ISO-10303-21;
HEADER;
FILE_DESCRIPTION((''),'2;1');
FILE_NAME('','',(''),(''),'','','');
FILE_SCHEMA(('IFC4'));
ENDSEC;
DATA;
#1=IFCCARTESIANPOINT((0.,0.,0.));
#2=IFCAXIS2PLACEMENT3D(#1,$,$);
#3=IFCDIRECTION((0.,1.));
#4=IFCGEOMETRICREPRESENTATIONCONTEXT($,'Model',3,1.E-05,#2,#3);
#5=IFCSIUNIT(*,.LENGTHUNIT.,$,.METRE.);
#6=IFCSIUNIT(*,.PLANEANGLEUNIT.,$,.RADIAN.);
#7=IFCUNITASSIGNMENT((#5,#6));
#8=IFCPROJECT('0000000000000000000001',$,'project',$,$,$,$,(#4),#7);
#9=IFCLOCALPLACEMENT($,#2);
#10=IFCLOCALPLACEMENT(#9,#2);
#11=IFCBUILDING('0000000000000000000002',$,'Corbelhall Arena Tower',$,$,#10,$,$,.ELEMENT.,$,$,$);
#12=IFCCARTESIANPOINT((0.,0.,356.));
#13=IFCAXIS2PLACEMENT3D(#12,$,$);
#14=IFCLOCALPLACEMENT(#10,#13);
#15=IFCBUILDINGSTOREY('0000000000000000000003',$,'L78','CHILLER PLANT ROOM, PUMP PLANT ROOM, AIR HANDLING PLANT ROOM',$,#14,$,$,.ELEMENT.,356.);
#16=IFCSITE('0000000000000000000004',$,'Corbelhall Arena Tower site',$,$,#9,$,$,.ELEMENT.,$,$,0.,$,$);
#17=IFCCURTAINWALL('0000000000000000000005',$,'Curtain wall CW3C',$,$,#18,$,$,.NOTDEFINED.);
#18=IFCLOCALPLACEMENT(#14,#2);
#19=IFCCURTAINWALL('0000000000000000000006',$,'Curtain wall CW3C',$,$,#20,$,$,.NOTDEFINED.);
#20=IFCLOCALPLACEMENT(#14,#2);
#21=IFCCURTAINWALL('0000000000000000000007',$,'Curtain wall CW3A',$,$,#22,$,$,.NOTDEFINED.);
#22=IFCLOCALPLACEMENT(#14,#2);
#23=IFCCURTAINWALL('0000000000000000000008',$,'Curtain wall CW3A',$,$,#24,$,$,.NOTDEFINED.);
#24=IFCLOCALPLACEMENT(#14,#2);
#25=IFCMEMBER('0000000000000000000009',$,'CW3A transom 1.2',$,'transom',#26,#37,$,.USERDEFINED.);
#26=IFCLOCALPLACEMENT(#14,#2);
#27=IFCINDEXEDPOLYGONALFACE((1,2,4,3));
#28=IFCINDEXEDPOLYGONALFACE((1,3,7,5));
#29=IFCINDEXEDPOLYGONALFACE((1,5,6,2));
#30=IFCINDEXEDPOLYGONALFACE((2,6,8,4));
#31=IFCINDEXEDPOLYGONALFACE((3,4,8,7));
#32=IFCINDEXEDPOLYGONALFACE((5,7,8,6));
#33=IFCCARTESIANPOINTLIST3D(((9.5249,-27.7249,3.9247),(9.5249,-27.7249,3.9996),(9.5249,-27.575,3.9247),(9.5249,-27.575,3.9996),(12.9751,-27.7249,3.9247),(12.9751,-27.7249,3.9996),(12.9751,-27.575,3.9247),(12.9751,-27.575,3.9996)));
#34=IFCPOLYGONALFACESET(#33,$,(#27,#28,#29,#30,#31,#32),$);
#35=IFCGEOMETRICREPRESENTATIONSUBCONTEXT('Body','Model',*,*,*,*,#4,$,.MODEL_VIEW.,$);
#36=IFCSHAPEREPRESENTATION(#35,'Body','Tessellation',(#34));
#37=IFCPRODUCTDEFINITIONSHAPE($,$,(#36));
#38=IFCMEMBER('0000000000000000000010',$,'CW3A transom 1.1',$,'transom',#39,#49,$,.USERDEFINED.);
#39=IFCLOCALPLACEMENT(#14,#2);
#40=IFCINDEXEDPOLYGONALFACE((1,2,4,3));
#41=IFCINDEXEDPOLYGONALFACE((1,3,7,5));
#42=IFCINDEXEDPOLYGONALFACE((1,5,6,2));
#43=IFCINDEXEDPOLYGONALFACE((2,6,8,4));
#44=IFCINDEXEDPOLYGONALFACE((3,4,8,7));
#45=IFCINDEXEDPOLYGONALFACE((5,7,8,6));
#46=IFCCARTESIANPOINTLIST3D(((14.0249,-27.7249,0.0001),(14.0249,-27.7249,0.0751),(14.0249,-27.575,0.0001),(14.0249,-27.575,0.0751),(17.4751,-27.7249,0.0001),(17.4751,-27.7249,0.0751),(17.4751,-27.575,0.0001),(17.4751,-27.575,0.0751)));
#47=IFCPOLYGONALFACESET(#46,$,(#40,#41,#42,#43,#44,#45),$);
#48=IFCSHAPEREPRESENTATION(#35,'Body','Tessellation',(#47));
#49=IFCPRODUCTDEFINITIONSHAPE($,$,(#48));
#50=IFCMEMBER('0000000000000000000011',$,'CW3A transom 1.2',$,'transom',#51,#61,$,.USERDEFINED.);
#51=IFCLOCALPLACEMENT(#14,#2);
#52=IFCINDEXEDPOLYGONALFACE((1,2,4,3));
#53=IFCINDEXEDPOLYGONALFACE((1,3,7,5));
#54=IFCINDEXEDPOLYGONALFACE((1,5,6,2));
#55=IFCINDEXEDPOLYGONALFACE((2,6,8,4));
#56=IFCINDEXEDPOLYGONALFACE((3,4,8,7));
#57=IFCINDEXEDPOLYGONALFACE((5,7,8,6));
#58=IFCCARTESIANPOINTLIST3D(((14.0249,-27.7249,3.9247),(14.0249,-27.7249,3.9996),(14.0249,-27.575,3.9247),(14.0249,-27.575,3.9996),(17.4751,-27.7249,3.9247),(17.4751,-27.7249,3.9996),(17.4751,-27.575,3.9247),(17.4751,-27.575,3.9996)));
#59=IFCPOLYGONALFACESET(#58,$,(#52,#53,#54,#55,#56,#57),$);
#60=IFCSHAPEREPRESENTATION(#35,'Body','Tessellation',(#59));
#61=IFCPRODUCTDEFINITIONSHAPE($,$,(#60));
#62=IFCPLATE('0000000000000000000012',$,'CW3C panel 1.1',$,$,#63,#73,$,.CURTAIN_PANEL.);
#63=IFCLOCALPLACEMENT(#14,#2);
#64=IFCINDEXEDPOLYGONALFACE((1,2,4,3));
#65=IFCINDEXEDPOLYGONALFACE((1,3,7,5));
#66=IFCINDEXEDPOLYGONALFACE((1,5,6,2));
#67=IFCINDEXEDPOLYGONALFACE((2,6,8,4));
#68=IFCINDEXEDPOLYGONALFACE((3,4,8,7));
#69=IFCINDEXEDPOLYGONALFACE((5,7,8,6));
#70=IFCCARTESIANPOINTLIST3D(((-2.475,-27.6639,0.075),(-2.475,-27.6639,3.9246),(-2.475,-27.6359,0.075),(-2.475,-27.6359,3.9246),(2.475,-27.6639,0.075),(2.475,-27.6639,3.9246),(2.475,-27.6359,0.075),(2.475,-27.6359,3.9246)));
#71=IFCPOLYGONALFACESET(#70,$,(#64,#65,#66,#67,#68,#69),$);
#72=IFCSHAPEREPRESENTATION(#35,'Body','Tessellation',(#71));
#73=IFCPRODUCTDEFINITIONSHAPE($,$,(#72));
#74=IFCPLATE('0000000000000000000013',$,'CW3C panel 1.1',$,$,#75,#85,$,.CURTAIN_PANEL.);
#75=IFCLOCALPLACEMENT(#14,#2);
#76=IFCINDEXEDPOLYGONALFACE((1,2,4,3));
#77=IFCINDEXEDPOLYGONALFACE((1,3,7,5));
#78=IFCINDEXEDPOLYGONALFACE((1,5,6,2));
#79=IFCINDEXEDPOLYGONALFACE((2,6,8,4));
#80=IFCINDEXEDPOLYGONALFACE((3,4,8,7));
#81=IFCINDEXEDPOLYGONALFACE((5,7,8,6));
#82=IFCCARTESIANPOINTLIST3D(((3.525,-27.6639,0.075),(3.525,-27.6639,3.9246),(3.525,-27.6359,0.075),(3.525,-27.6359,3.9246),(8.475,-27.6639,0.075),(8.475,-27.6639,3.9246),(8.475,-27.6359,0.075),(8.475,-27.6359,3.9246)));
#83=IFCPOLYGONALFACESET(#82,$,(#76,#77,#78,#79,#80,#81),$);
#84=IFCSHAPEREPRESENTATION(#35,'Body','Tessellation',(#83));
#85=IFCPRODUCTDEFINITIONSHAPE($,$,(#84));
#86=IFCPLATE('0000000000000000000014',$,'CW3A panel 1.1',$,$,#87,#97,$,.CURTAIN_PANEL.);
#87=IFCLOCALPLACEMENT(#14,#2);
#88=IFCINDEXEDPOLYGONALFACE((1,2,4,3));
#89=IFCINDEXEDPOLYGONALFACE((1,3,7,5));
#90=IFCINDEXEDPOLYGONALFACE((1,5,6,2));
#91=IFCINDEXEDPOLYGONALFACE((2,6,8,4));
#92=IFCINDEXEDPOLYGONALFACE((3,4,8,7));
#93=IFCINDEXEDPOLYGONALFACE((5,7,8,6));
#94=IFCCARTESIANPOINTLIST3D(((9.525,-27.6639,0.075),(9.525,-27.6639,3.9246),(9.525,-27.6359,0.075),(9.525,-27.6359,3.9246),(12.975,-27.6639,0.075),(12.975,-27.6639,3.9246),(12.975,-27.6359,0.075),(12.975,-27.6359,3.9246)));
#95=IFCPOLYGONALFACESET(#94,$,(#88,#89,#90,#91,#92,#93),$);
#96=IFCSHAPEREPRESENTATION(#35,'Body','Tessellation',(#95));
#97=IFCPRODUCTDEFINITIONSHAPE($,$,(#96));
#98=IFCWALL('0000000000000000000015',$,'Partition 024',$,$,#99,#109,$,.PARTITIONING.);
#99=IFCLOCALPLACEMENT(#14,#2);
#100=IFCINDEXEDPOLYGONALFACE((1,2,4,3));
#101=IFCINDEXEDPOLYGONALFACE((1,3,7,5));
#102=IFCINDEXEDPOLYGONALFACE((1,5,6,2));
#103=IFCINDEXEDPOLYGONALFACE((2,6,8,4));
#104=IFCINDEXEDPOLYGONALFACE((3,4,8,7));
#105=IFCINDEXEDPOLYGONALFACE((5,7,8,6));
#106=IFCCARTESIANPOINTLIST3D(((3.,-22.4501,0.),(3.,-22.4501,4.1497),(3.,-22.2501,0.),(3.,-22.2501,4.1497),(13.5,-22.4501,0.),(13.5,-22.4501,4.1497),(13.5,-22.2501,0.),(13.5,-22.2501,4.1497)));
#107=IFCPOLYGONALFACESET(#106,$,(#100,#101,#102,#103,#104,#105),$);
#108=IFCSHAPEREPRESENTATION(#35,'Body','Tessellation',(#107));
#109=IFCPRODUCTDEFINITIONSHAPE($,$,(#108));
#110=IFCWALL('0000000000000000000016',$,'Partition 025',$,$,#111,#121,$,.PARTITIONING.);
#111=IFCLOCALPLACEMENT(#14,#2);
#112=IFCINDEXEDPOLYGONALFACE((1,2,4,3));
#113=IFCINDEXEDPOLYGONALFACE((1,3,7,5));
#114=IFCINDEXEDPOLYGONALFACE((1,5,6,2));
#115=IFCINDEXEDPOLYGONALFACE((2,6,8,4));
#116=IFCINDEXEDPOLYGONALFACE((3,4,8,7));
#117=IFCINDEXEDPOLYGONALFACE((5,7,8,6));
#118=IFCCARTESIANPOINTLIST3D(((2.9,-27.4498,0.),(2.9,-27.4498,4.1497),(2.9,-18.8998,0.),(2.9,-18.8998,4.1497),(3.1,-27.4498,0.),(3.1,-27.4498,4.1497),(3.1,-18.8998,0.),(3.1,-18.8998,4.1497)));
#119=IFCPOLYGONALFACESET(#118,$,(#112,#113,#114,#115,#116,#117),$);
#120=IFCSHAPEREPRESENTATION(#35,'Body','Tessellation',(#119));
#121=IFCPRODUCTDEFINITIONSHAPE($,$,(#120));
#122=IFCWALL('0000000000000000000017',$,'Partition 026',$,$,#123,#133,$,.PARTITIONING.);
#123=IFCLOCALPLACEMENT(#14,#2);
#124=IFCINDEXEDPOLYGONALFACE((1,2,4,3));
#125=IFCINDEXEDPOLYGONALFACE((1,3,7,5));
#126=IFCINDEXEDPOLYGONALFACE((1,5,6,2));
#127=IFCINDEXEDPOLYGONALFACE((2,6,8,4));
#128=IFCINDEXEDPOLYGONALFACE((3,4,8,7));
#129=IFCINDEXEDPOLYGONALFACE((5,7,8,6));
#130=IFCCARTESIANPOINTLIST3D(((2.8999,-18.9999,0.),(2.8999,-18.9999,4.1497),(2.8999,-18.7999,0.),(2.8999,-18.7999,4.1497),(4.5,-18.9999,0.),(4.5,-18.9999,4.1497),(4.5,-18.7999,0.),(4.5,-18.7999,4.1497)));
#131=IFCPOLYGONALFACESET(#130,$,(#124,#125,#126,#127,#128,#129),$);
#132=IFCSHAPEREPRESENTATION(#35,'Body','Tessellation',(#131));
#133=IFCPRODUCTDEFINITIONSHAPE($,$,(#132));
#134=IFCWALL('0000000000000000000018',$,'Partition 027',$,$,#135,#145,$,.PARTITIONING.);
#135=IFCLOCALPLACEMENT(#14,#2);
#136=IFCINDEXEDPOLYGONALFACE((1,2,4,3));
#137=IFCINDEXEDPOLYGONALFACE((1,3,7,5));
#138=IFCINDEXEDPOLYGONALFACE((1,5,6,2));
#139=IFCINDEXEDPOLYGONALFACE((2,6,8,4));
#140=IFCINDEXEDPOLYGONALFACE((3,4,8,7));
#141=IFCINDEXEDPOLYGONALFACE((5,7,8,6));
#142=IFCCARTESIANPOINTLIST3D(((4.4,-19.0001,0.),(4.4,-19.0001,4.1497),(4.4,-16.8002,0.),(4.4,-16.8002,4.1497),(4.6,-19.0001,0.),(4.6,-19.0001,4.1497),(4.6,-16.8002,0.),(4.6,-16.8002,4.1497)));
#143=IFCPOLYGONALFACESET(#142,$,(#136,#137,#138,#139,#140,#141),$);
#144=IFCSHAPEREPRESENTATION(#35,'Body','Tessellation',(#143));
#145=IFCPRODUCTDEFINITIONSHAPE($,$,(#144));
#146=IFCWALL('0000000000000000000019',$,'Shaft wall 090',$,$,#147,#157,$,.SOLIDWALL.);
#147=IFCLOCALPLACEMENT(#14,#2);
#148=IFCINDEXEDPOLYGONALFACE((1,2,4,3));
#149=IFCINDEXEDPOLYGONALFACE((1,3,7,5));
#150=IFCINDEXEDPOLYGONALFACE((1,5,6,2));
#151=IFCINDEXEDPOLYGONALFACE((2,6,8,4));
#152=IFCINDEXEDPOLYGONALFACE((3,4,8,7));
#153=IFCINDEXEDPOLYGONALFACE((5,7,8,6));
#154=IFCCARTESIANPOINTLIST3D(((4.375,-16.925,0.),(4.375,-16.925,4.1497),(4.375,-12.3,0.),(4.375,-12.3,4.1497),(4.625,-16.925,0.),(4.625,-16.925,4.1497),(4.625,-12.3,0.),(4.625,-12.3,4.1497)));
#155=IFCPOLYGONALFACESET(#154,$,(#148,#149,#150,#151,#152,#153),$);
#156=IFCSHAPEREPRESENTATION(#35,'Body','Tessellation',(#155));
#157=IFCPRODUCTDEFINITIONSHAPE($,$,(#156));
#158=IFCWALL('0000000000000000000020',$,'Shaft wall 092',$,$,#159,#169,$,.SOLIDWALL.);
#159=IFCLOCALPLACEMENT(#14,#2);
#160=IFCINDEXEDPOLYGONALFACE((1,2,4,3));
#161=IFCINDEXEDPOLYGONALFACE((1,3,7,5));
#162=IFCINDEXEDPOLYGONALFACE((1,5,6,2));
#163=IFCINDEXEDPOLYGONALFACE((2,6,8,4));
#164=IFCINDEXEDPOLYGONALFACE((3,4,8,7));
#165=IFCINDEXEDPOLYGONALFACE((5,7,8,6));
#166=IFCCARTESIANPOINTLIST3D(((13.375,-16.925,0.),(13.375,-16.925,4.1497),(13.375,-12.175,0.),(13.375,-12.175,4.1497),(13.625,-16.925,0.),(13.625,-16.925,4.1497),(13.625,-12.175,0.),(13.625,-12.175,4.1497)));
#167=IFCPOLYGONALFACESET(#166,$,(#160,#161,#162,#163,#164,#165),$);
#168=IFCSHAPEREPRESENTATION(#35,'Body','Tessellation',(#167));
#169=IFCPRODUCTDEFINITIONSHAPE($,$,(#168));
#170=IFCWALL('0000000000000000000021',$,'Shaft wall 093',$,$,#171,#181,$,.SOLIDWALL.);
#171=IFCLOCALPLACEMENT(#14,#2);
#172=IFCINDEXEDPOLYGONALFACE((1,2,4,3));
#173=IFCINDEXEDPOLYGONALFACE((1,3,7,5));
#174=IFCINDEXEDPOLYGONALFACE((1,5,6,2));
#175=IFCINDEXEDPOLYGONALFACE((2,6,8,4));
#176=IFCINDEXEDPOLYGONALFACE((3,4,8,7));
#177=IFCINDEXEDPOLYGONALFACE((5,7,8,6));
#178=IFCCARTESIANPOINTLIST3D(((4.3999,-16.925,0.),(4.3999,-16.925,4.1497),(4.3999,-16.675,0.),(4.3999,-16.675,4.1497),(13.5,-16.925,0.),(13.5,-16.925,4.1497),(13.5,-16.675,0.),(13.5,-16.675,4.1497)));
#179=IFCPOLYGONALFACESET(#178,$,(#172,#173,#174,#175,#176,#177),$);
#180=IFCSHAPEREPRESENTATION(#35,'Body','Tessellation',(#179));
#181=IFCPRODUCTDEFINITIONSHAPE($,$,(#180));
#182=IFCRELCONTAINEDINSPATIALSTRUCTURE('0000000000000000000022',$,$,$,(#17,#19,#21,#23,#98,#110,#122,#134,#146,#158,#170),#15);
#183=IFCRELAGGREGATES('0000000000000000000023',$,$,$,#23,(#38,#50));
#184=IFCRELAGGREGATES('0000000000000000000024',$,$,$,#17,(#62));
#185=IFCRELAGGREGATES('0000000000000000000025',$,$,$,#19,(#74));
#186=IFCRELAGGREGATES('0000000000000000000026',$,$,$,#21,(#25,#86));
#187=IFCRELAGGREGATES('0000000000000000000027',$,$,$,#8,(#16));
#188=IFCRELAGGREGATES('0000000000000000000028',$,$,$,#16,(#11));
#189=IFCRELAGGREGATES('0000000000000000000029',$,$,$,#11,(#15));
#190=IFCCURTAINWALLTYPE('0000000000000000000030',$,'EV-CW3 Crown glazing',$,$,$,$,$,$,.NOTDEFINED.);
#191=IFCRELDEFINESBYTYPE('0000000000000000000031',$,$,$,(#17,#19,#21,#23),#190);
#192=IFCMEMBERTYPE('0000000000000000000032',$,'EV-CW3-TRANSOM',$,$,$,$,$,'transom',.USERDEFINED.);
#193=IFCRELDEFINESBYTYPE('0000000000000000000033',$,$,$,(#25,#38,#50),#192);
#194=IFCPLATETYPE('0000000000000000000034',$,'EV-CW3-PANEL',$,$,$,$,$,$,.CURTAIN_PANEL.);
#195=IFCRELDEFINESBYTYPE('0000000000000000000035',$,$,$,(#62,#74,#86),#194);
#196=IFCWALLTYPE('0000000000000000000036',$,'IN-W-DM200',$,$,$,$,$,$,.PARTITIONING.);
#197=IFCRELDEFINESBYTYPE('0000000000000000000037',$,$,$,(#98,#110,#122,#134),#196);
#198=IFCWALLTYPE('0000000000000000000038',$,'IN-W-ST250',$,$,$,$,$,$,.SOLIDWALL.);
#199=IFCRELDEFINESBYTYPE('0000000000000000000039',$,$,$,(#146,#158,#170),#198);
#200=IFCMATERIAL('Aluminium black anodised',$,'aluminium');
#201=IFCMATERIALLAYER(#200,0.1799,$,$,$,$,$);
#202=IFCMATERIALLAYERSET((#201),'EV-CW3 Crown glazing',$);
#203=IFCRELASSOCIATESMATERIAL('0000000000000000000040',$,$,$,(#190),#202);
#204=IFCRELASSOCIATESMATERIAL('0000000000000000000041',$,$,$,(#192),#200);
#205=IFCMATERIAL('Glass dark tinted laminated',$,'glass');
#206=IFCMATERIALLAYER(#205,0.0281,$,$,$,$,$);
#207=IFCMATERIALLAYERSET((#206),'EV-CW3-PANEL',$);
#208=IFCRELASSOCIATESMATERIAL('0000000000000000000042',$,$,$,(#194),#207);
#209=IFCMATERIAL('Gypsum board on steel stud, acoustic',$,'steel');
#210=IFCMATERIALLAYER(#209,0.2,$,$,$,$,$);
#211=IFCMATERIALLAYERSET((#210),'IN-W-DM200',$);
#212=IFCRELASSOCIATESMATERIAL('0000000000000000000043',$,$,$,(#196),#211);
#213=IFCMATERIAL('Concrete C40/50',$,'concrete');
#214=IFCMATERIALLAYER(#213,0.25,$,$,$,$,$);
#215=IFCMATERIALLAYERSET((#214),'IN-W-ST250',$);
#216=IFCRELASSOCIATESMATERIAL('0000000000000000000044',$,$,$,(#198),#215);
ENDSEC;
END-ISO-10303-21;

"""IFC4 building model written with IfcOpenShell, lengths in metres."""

from ifc_helpers import new_model, si_unit, direction, frame, frame_2d, origin, origin_2d, place, context, subcontext, project, spatial, rectangle, extrude, material, layer, layer_set, material_profile, profile_set, type_object, element, aggregate, save


model = new_model("IFC4")

# Units and contexts
model_context = context("Model", 3, precision=1e-05, world=origin(), true_north=direction((0.0, 1.0)))
body_context = subcontext(model_context, "Body", "Model", "MODEL_VIEW")
ifc_project = project(units=[si_unit("LENGTHUNIT", "METRE"), si_unit("PLANEANGLEUNIT", "RADIAN")], contexts=[model_context])

# Site, building, storey
site_placement = place(None, origin())
site = spatial("IfcSite", under=ifc_project, at=site_placement, Name="Corbelhall Arena Tower site", CompositionType="ELEMENT", RefElevation=0.0)
building_placement = place(site_placement, origin())
building = spatial("IfcBuilding", under=site, at=building_placement, Name="Corbelhall Arena Tower", CompositionType="ELEMENT")
storey_placement = place(building_placement, frame((0.0, 0.0, 356.0)))
storey = spatial("IfcBuildingStorey", under=building, at=storey_placement, Name="L78", Description="CHILLER PLANT ROOM, PUMP PLANT ROOM, AIR HANDLING PLANT ROOM", CompositionType="ELEMENT", Elevation=356.0)

# Curtain wall
ifc_material_1 = material(Name="Aluminium black anodised", Category="aluminium")
ifc_layer_1 = layer(ifc_material_1, 0.1799)
ifc_layer_set_1 = layer_set([ifc_layer_1], Name="EV-CW3 Crown glazing")
curtain_wall_type = type_object("IfcCurtainWallType", Name="EV-CW3 Crown glazing", PredefinedType="NOTDEFINED", material=ifc_layer_set_1)
curtain_wall_1_placement = place(storey_placement, origin())
curtain_wall_1 = element("IfcCurtainWall", 1, at=curtain_wall_1_placement, inside=storey, type_object=curtain_wall_type, Name="Curtain wall CW3C", PredefinedType="NOTDEFINED")

# Curtain walls
curtain_wall_2_placement = place(storey_placement, origin())
curtain_wall_2 = element("IfcCurtainWall", 2, at=curtain_wall_2_placement, inside=storey, type_object=curtain_wall_type, Name="Curtain wall CW3C", PredefinedType="NOTDEFINED")
curtain_wall_3_placement = place(storey_placement, origin())
curtain_wall_3 = element("IfcCurtainWall", 3, at=curtain_wall_3_placement, inside=storey, type_object=curtain_wall_type, Name="Curtain wall CW3A", PredefinedType="NOTDEFINED")

# Curtain wall
curtain_wall_4_placement = place(storey_placement, origin())
curtain_wall_4 = element("IfcCurtainWall", 4, at=curtain_wall_4_placement, inside=storey, type_object=curtain_wall_type, Name="Curtain wall CW3A", PredefinedType="NOTDEFINED")

# Members
ifc_material_profile_1 = material_profile(ifc_material_1, rectangle(XDim=0.1499, YDim=0.075, at=origin_2d()))
ifc_profile_set_1 = profile_set([ifc_material_profile_1], Name="Aluminium black anodised")
member_type_1 = type_object("IfcMemberType", Name="EV-CW3-TRANSOM", ElementType="transom", PredefinedType="USERDEFINED", material=ifc_profile_set_1)
member_1_placement = place(storey_placement, frame((9.5249, -27.6499, 3.9622), z_axis=(1.0, 0.0, 0.0), x_axis=(0.0, 1.0, 0.0)))
member_1 = element("IfcMember", 5, at=member_1_placement, type_object=member_type_1, Name="CW3A transom 1.2", ObjectType="transom", PredefinedType="USERDEFINED", context=body_context, shape_type="SweptSolid", body=[
    extrude(rectangle(XDim=0.1499, YDim=0.075, at=origin_2d()), origin(), (0.0, 0.0, 1.0), 3.4502),
])
member_2_placement = place(storey_placement, frame((14.0249, -27.6499, 0.0376), z_axis=(1.0, 0.0, 0.0), x_axis=(0.0, 1.0, 0.0)))
member_2 = element("IfcMember", 6, at=member_2_placement, type_object=member_type_1, Name="CW3A transom 1.1", ObjectType="transom", PredefinedType="USERDEFINED", context=body_context, shape_type="SweptSolid", body=[
    extrude(rectangle(XDim=0.1499, YDim=0.075, at=origin_2d()), origin(), (0.0, 0.0, 1.0), 3.4502),
])
member_3_placement = place(storey_placement, frame((14.0249, -27.6499, 3.9622), z_axis=(1.0, 0.0, 0.0), x_axis=(0.0, 1.0, 0.0)))
member_3 = element("IfcMember", 7, at=member_3_placement, type_object=member_type_1, Name="CW3A transom 1.2", ObjectType="transom", PredefinedType="USERDEFINED", context=body_context, shape_type="SweptSolid", body=[
    extrude(rectangle(XDim=0.1499, YDim=0.075, at=origin_2d()), origin(), (0.0, 0.0, 1.0), 3.4502),
])
aggregate(curtain_wall_4, [member_2, member_3])

# Plates
ifc_material_2 = material(Name="Glass dark tinted laminated", Category="glass")
ifc_layer_2 = layer(ifc_material_2, 0.0281)
ifc_layer_set_2 = layer_set([ifc_layer_2], Name="EV-CW3-PANEL")
plate_type = type_object("IfcPlateType", Name="EV-CW3-PANEL", PredefinedType="CURTAIN_PANEL", material=ifc_layer_set_2)
plate_1_placement = place(storey_placement, frame((0.0, -27.6499, 0.075), z_axis=(0.0, 0.0, 1.0), x_axis=(1.0, 0.0, 0.0)))
plate_1 = element("IfcPlate", 8, at=plate_1_placement, type_object=plate_type, Name="CW3C panel 1.1", PredefinedType="CURTAIN_PANEL", context=body_context, shape_type="SweptSolid", body=[
    extrude(rectangle(XDim=4.95, YDim=0.0281, at=origin_2d()), origin(), (0.0, 0.0, 1.0), 3.8496),
])
aggregate(curtain_wall_1, [plate_1])
plate_2_placement = place(storey_placement, frame((6.0, -27.6499, 0.075), z_axis=(0.0, 0.0, 1.0), x_axis=(1.0, 0.0, 0.0)))
plate_2 = element("IfcPlate", 9, at=plate_2_placement, type_object=plate_type, Name="CW3C panel 1.1", PredefinedType="CURTAIN_PANEL", context=body_context, shape_type="SweptSolid", body=[
    extrude(rectangle(XDim=4.95, YDim=0.0281, at=origin_2d()), origin(), (0.0, 0.0, 1.0), 3.8496),
])
aggregate(curtain_wall_2, [plate_2])
plate_3_placement = place(storey_placement, frame((11.25, -27.6499, 0.075), z_axis=(0.0, 0.0, 1.0), x_axis=(1.0, 0.0, 0.0)))
plate_3 = element("IfcPlate", 10, at=plate_3_placement, type_object=plate_type, Name="CW3A panel 1.1", PredefinedType="CURTAIN_PANEL", context=body_context, shape_type="SweptSolid", body=[
    extrude(rectangle(XDim=3.45, YDim=0.0281, at=origin_2d()), origin(), (0.0, 0.0, 1.0), 3.8496),
])
aggregate(curtain_wall_3, [member_1, plate_3])

# Walls
ifc_material_3 = material(Name="Gypsum board on steel stud, acoustic", Category="steel")
ifc_layer_3 = layer(ifc_material_3, 0.2)
ifc_layer_set_3 = layer_set([ifc_layer_3], Name="IN-W-DM200")
wall_type_1 = type_object("IfcWallType", Name="IN-W-DM200", PredefinedType="PARTITIONING", material=ifc_layer_set_3)
wall_1_placement = place(storey_placement, frame((3.0, -22.3501, 0.0), z_axis=(0.0, 0.0, 1.0), x_axis=(1.0, 0.0, 0.0)))
element("IfcWall", 11, at=wall_1_placement, inside=storey, type_object=wall_type_1, Name="Partition 024", PredefinedType="PARTITIONING", context=body_context, shape_type="SweptSolid", body=[
    extrude(rectangle(XDim=10.5, YDim=0.2, at=frame_2d((5.25, 0.0))), origin(), (0.0, 0.0, 1.0), 4.1497),
])
wall_2_placement = place(storey_placement, frame((3.0, -18.8999, 0.0), z_axis=(0.0, 0.0, 1.0), x_axis=(0.0, -1.0, 0.0)))
element("IfcWall", 12, at=wall_2_placement, inside=storey, type_object=wall_type_1, Name="Partition 025", PredefinedType="PARTITIONING", context=body_context, shape_type="SweptSolid", body=[
    extrude(rectangle(XDim=8.55, YDim=0.2, at=frame_2d((4.2749, 0.0))), origin(), (0.0, 0.0, 1.0), 4.1497),
])
wall_3_placement = place(storey_placement, frame((4.5, -18.8999, 0.0), z_axis=(0.0, 0.0, 1.0), x_axis=(-1.0, 0.0, 0.0)))
element("IfcWall", 13, at=wall_3_placement, inside=storey, type_object=wall_type_1, Name="Partition 026", PredefinedType="PARTITIONING", context=body_context, shape_type="SweptSolid", body=[
    extrude(rectangle(XDim=1.6001, YDim=0.2, at=frame_2d((0.8, 0.0))), origin(), (0.0, 0.0, 1.0), 4.1497),
])
wall_4_placement = place(storey_placement, frame((4.5, -16.8, 0.0), z_axis=(0.0, 0.0, 1.0), x_axis=(0.0, -1.0, 0.0)))
element("IfcWall", 14, at=wall_4_placement, inside=storey, type_object=wall_type_1, Name="Partition 027", PredefinedType="PARTITIONING", context=body_context, shape_type="SweptSolid", body=[
    extrude(rectangle(XDim=2.2, YDim=0.2, at=frame_2d((1.1001, 0.0))), origin(), (0.0, 0.0, 1.0), 4.1497),
])

# Walls
ifc_material_4 = material(Name="Concrete C40/50", Category="concrete")
ifc_layer_4 = layer(ifc_material_4, 0.25)
ifc_layer_set_4 = layer_set([ifc_layer_4], Name="IN-W-ST250")
wall_type_2 = type_object("IfcWallType", Name="IN-W-ST250", PredefinedType="SOLIDWALL", material=ifc_layer_set_4)
wall_5_placement = place(storey_placement, frame((4.5, -16.925, 0.0), z_axis=(0.0, 0.0, 1.0), x_axis=(0.0, 1.0, 0.0)))
element("IfcWall", 15, at=wall_5_placement, inside=storey, type_object=wall_type_2, Name="Shaft wall 090", PredefinedType="SOLIDWALL", context=body_context, shape_type="SweptSolid", body=[
    extrude(rectangle(XDim=4.625, YDim=0.25, at=frame_2d((2.3125, 0.0))), origin(), (0.0, 0.0, 1.0), 4.1497),
])
wall_6_placement = place(storey_placement, frame((13.5, -16.925, 0.0), z_axis=(0.0, 0.0, 1.0), x_axis=(0.0, 1.0, 0.0)))
element("IfcWall", 16, at=wall_6_placement, inside=storey, type_object=wall_type_2, Name="Shaft wall 092", PredefinedType="SOLIDWALL", context=body_context, shape_type="SweptSolid", body=[
    extrude(rectangle(XDim=4.75, YDim=0.25, at=frame_2d((2.375, 0.0))), origin(), (0.0, 0.0, 1.0), 4.1497),
])
wall_7_placement = place(storey_placement, frame((13.5, -16.8, 0.0), z_axis=(0.0, 0.0, 1.0), x_axis=(-1.0, 0.0, 0.0)))
element("IfcWall", 17, at=wall_7_placement, inside=storey, type_object=wall_type_2, Name="Shaft wall 093", PredefinedType="SOLIDWALL", context=body_context, shape_type="SweptSolid", body=[
    extrude(rectangle(XDim=9.1001, YDim=0.25, at=frame_2d((4.55, 0.0))), origin(), (0.0, 0.0, 1.0), 4.1497),
])

save(model, "model.ifc")
